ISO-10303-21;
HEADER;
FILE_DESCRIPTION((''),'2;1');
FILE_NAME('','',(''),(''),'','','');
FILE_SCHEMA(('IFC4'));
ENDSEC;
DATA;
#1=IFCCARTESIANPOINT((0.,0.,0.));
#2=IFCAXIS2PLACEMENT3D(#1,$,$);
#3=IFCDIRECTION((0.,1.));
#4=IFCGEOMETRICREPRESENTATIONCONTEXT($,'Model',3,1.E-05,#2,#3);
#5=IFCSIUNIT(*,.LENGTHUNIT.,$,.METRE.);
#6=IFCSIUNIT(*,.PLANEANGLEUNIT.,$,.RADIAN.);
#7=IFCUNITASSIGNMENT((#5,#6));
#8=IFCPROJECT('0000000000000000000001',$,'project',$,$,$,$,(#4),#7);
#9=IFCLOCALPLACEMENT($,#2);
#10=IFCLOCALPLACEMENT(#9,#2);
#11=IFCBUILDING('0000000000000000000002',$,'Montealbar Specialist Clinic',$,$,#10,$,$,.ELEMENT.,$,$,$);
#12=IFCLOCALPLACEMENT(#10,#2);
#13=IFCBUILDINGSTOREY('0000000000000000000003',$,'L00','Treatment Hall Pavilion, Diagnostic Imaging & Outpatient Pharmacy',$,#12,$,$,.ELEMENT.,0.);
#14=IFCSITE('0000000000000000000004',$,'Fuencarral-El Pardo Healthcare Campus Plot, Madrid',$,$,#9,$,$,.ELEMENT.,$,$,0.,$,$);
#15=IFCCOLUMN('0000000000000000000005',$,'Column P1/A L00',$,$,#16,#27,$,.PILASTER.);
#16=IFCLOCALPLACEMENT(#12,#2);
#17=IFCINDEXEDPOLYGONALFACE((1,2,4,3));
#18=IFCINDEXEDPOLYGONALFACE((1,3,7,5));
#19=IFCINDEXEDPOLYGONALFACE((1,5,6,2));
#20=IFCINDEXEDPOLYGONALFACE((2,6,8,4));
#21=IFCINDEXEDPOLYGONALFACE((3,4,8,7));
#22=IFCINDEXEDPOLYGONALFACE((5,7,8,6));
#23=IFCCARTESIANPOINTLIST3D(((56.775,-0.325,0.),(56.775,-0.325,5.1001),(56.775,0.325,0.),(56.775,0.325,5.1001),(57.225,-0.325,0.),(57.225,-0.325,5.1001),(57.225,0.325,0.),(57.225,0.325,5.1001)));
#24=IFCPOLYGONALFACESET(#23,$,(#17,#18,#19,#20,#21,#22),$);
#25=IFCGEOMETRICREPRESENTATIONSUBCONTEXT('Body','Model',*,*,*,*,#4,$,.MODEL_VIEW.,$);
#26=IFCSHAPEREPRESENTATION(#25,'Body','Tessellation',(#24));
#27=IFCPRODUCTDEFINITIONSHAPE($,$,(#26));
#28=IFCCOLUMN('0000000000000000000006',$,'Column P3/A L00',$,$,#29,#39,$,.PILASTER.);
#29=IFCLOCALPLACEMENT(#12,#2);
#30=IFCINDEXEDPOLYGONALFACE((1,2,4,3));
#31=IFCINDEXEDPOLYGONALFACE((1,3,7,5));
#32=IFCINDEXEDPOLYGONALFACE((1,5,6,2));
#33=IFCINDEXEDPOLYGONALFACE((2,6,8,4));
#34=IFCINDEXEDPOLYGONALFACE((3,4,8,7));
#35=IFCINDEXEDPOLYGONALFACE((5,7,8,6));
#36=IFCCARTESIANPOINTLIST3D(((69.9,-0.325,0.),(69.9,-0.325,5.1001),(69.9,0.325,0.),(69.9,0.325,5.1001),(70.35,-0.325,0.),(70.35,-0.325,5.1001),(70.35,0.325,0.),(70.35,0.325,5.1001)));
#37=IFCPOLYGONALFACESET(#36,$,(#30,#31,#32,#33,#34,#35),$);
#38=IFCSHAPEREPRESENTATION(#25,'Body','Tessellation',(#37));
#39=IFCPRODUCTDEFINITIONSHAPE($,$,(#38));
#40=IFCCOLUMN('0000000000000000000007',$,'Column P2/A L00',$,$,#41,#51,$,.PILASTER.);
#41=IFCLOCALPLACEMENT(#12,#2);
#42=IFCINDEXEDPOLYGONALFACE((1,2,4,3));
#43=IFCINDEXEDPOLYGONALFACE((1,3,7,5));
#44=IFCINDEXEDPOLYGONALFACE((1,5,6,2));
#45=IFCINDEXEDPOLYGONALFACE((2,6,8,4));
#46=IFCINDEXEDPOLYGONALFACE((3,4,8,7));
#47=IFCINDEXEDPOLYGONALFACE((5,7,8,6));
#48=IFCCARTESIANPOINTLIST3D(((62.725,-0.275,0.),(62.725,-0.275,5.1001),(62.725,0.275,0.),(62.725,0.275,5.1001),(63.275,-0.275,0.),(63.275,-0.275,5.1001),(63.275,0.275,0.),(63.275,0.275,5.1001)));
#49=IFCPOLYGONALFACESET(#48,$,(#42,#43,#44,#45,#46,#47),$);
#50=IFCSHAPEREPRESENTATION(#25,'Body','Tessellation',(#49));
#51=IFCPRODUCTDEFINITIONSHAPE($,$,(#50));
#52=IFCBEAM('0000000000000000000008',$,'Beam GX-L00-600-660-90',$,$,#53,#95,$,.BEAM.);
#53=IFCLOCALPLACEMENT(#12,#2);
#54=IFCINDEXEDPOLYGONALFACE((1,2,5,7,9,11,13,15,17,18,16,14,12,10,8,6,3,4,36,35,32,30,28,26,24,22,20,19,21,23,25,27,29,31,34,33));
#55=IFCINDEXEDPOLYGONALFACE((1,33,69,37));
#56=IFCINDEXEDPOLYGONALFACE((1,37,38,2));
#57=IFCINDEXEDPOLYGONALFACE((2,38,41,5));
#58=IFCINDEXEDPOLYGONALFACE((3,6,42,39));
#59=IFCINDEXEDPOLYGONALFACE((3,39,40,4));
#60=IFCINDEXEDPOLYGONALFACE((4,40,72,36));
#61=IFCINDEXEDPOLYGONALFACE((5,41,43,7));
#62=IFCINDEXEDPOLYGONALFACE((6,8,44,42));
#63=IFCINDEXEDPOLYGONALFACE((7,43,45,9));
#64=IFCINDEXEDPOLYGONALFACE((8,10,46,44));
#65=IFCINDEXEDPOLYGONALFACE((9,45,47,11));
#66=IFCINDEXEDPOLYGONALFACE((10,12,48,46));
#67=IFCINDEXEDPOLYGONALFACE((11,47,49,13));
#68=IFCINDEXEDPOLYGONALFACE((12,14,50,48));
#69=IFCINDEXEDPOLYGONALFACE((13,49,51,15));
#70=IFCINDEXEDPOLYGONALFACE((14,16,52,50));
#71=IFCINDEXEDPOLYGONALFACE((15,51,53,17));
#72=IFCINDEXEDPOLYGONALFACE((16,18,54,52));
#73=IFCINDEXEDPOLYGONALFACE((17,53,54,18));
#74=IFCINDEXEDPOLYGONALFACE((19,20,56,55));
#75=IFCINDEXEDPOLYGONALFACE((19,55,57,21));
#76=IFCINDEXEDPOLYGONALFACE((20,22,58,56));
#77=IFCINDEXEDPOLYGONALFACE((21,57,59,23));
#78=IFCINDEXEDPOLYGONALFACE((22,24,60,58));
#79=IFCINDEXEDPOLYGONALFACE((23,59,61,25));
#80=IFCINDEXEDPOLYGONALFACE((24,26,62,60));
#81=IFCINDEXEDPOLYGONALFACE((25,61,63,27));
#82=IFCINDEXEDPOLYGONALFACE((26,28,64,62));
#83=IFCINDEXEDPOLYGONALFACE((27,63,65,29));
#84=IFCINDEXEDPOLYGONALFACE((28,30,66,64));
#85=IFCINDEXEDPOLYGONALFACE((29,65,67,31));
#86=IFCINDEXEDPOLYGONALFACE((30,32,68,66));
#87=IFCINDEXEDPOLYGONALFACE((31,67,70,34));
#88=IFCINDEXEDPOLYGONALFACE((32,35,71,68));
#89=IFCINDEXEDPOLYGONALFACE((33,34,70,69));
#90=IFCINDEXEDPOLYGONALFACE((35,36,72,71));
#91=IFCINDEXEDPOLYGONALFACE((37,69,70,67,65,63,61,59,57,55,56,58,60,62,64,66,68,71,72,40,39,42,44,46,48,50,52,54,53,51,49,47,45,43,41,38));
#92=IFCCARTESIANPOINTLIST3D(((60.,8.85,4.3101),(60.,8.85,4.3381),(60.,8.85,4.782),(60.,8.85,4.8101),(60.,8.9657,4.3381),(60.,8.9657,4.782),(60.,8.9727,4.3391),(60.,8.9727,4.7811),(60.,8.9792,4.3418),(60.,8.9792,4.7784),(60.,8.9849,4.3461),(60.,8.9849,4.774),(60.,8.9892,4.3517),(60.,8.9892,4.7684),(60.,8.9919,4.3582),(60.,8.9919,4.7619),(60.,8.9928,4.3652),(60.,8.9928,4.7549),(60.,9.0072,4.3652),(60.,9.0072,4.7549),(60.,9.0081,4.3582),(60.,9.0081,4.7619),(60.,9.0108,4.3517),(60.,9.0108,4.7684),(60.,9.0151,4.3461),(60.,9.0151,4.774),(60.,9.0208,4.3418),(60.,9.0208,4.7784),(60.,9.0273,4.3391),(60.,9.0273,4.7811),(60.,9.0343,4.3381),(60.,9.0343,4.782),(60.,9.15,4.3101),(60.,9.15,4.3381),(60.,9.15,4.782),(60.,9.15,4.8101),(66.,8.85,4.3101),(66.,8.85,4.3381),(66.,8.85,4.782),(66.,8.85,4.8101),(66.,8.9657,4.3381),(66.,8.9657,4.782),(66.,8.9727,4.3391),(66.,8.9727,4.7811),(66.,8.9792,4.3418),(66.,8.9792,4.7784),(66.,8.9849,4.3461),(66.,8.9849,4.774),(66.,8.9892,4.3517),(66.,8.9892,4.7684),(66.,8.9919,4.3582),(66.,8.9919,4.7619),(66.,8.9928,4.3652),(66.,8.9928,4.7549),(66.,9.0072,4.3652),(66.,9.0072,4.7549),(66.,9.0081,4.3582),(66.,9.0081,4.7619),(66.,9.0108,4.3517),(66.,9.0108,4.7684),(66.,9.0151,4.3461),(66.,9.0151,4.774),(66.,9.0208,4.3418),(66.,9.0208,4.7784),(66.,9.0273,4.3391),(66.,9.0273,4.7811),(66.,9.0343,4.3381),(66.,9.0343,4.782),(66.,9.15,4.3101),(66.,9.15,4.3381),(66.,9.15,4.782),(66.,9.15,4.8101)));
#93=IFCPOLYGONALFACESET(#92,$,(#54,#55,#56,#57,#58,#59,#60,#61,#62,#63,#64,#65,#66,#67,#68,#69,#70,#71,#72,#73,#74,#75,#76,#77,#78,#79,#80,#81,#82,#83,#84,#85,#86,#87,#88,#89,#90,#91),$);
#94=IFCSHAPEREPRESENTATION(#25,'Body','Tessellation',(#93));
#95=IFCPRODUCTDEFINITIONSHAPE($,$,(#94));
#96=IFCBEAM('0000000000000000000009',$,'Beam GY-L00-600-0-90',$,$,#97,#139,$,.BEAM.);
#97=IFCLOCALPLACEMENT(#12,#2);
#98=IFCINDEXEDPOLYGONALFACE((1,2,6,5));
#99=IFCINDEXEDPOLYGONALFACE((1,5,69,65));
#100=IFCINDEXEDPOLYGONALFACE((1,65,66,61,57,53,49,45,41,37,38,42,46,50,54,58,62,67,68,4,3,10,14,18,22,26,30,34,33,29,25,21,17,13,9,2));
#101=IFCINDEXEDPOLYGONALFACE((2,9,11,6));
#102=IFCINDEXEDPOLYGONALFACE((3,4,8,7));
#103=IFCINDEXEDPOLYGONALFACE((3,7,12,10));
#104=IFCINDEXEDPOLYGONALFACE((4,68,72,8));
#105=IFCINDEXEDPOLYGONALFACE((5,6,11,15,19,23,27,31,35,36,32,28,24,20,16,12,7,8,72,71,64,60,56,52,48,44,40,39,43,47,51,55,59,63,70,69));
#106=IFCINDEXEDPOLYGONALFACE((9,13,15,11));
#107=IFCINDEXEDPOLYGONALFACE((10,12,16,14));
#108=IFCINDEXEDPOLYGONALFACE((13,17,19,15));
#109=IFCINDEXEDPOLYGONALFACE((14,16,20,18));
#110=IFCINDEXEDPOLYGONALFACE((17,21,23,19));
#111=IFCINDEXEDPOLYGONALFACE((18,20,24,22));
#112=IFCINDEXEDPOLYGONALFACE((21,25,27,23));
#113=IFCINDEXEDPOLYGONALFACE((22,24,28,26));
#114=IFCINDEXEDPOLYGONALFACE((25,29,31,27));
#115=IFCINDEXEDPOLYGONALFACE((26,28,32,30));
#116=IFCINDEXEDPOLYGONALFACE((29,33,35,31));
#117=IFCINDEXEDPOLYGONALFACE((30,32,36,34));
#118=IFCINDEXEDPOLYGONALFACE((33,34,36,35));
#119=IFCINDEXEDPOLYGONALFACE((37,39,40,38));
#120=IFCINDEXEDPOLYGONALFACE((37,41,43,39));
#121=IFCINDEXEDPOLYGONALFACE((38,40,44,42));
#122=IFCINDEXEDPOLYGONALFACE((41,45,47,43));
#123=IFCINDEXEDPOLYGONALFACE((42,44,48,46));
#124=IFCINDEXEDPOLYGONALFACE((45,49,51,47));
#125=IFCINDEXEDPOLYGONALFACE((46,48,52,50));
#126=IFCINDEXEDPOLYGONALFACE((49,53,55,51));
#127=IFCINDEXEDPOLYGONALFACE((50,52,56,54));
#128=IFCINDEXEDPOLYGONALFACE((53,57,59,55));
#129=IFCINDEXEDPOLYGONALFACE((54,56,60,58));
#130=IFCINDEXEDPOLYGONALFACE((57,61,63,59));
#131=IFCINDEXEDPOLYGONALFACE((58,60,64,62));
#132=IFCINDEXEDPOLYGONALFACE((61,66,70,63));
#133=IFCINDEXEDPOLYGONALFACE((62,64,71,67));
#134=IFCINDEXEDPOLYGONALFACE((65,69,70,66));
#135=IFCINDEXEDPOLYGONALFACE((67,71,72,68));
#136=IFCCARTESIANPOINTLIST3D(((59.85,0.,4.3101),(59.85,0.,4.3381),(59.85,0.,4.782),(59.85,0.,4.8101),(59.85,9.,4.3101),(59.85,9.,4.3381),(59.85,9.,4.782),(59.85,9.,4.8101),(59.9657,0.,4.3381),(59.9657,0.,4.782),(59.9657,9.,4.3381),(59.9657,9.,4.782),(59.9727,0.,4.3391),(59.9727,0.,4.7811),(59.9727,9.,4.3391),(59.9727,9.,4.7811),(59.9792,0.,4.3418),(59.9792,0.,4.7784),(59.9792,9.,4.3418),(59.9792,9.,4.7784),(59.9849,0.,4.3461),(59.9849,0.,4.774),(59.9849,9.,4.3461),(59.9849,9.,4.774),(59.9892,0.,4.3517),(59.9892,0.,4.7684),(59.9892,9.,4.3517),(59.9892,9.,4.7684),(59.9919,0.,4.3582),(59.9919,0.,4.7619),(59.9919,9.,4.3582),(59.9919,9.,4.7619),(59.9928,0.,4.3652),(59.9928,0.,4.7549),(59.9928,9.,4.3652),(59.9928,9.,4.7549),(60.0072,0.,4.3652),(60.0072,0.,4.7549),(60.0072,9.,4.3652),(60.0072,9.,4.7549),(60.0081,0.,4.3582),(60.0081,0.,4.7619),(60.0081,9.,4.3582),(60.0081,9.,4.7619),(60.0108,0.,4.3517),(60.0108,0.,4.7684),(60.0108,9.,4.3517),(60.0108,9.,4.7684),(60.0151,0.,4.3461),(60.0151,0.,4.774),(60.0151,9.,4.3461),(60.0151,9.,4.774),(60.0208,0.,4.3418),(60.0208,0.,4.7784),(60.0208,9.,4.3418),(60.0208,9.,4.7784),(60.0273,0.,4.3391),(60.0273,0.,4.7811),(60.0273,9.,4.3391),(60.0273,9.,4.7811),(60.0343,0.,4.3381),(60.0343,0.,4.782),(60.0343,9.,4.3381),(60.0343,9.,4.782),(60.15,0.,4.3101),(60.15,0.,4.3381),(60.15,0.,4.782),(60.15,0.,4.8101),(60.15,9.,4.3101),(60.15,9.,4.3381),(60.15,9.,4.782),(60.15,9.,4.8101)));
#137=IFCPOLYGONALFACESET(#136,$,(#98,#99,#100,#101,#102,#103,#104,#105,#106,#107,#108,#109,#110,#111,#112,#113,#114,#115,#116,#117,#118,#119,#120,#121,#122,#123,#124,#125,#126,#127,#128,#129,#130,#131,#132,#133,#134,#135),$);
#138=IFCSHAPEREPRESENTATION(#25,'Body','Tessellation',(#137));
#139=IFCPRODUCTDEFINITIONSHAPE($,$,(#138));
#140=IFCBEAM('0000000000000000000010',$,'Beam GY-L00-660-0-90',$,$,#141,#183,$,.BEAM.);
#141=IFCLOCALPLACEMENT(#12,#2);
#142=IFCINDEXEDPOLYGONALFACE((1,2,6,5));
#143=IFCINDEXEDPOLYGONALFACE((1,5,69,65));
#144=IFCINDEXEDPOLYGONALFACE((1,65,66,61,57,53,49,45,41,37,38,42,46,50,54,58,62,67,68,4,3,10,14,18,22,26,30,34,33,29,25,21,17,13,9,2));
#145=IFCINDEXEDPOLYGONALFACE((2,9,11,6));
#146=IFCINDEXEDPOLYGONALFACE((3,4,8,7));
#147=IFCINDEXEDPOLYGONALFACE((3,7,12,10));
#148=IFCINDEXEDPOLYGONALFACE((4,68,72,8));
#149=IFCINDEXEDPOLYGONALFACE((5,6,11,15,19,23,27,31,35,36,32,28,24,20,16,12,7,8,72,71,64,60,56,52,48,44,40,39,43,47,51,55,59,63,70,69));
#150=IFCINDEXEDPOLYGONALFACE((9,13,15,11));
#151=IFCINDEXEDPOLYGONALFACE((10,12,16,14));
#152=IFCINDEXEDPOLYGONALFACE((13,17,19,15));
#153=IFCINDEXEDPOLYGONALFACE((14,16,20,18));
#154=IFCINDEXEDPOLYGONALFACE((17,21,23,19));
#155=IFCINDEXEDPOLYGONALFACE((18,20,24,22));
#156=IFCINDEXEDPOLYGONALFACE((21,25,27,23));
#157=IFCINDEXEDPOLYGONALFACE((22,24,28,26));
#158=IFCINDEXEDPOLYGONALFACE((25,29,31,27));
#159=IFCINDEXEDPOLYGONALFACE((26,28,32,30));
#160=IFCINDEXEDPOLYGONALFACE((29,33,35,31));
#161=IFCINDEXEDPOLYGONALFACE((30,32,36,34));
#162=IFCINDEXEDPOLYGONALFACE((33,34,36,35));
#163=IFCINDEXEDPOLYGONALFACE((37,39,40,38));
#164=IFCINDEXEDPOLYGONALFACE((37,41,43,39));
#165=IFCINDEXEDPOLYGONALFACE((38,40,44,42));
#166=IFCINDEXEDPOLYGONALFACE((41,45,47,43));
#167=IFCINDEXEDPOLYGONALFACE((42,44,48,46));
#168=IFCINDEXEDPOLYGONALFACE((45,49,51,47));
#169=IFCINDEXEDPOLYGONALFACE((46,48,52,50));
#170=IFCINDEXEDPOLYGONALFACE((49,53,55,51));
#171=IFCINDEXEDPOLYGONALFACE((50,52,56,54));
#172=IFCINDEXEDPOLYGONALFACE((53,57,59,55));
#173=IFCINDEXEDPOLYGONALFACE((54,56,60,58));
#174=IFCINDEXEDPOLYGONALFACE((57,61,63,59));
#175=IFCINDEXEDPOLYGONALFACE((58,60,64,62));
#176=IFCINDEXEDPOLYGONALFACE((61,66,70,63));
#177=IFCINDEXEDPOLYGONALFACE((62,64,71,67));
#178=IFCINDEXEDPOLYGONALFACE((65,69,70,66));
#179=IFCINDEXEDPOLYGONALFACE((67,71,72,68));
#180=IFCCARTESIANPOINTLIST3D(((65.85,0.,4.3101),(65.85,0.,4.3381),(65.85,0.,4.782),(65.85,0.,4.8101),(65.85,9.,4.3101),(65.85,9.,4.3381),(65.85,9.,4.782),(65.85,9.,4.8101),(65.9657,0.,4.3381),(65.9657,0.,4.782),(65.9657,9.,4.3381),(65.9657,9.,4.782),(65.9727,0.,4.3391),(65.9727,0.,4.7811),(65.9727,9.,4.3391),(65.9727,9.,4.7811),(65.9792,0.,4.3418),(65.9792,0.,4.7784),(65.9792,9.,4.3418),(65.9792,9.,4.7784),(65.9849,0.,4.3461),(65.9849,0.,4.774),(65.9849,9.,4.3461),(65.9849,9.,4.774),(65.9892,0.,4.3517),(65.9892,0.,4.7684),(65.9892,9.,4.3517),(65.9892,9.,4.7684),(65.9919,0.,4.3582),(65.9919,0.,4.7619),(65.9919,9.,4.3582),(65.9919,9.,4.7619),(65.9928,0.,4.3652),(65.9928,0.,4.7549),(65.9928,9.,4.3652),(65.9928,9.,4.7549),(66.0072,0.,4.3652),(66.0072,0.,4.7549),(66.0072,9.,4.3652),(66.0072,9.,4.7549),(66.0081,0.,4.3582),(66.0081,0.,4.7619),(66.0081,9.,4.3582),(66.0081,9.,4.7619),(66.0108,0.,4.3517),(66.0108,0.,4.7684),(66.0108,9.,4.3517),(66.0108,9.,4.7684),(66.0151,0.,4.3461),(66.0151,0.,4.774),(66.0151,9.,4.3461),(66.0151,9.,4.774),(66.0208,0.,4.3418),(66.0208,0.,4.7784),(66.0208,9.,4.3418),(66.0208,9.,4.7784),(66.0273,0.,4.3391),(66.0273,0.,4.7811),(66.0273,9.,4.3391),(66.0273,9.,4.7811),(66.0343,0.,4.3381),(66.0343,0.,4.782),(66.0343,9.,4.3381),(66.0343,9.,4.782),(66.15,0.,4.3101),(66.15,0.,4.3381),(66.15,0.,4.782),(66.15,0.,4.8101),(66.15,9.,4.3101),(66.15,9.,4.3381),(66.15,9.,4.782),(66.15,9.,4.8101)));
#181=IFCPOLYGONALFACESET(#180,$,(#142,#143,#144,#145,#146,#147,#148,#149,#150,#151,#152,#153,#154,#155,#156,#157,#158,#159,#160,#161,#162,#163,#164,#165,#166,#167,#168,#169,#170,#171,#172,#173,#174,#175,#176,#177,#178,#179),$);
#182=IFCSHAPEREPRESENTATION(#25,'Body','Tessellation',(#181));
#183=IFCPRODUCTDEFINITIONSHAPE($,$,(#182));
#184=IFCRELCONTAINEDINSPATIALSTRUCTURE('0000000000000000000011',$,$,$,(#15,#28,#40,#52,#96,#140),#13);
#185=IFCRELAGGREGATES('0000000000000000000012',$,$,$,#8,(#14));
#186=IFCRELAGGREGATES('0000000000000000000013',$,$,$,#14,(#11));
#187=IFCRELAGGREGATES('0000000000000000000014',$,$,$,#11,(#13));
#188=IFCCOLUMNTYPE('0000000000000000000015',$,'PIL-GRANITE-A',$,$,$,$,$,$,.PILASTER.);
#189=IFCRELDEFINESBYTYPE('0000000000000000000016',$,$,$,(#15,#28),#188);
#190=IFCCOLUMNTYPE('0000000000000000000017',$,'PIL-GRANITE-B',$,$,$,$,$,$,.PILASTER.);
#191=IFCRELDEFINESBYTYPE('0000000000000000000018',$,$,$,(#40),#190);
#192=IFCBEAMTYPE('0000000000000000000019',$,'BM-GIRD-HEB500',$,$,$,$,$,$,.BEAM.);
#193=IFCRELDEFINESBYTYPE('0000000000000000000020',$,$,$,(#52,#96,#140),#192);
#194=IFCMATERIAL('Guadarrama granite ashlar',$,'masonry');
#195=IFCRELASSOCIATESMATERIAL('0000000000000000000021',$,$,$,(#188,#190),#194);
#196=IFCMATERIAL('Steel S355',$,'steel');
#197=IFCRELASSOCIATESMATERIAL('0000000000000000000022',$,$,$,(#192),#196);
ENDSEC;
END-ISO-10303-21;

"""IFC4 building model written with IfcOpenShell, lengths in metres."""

from ifc_helpers import new_model, si_unit, direction, frame, origin, origin_2d, place, context, subcontext, project, spatial, rectangle, i_section, extrude, material, material_profile, profile_set, type_object, element, save


model = new_model("IFC4")

# Units and contexts
model_context = context("Model", 3, precision=1e-05, world=origin(), true_north=direction((0.0, 1.0)))
body_context = subcontext(model_context, "Body", "Model", "MODEL_VIEW")
ifc_project = project(units=[si_unit("LENGTHUNIT", "METRE"), si_unit("PLANEANGLEUNIT", "RADIAN")], contexts=[model_context])

# Site, building, storey
site_placement = place(None, origin())
site = spatial("IfcSite", under=ifc_project, at=site_placement, Name="Fuencarral-El Pardo Healthcare Campus Plot, Madrid", CompositionType="ELEMENT", RefElevation=0.0)
building_placement = place(site_placement, origin())
building = spatial("IfcBuilding", under=site, at=building_placement, Name="Montealbar Specialist Clinic", CompositionType="ELEMENT")
storey_placement = place(building_placement, origin())
storey = spatial("IfcBuildingStorey", under=building, at=storey_placement, Name="L00", Description="Treatment Hall Pavilion, Diagnostic Imaging & Outpatient Pharmacy", CompositionType="ELEMENT", Elevation=0.0)

# Columns
ifc_material_1 = material(Name="Steel S355", Category="steel")
ifc_material_2 = material(Name="Guadarrama granite ashlar", Category="masonry")
ifc_material_profile_1 = material_profile(ifc_material_2, rectangle(XDim=0.45, YDim=0.6499, at=origin_2d()), Name="GRANITE PILASTER 450x650", Category="masonry")
ifc_profile_set_1 = profile_set([ifc_material_profile_1], Name="Guadarrama granite ashlar")
column_type_1 = type_object("IfcColumnType", Name="PIL-GRANITE-A", PredefinedType="PILASTER", material=ifc_profile_set_1)
for number, where, z_axis, x_axis, name in (
    (1, (57.0, 0.0, 0.0), (0.0, 0.0, 1.0), (1.0, 0.0, 0.0), "Column P1/A L00"),
    (2, (70.125, 0.0, 0.0), (0.0, 0.0, 1.0), (1.0, 0.0, 0.0), "Column P3/A L00"),
):
    element("IfcColumn", number, at=place(storey_placement, frame(where, z_axis=z_axis, x_axis=x_axis)), inside=storey, type_object=column_type_1, Name=name, PredefinedType="PILASTER", context=body_context, shape_type="SweptSolid", body=[
        extrude(rectangle(XDim=0.45, YDim=0.6499, at=origin_2d()), origin(), (0.0, 0.0, 1.0), 5.1001),
    ])
ifc_material_profile_2 = material_profile(ifc_material_2, rectangle(XDim=0.55, YDim=0.55, at=origin_2d()), Name="GRANITE PILASTER 550x550", Category="masonry")
ifc_profile_set_2 = profile_set([ifc_material_profile_2], Name="Guadarrama granite ashlar")
column_type_2 = type_object("IfcColumnType", Name="PIL-GRANITE-B", PredefinedType="PILASTER", material=ifc_profile_set_2)
column_1_placement = place(storey_placement, frame((63.0, 0.0, 0.0), z_axis=(0.0, 0.0, 1.0), x_axis=(1.0, 0.0, 0.0)))
element("IfcColumn", 3, at=column_1_placement, inside=storey, type_object=column_type_2, Name="Column P2/A L00", PredefinedType="PILASTER", context=body_context, shape_type="SweptSolid", body=[
    extrude(rectangle(XDim=0.55, YDim=0.55, at=origin_2d()), origin(), (0.0, 0.0, 1.0), 5.1001),
])

# Beams
ifc_material_profile_3 = material_profile(ifc_material_1, i_section(OverallWidth=0.3, OverallDepth=0.5, WebThickness=0.0144, FlangeThickness=0.0281, FilletRadius=0.0271, at=origin_2d()), Name="HEB 500", Category="steel")
ifc_profile_set_3 = profile_set([ifc_material_profile_3], Name="Steel S355")
beam_type_1 = type_object("IfcBeamType", Name="BM-GIRD-HEB500", PredefinedType="BEAM", material=ifc_profile_set_3)
beam_1_placement = place(storey_placement, frame((60.0, 9.0, 4.5601), z_axis=(1.0, 0.0, 0.0), x_axis=(0.0, 1.0, 0.0)))
element("IfcBeam", 4, at=beam_1_placement, inside=storey, type_object=beam_type_1, Name="Beam GX-L00-600-660-90", PredefinedType="BEAM", context=body_context, shape_type="SweptSolid", body=[
    extrude(i_section(OverallWidth=0.3, OverallDepth=0.5, WebThickness=0.0144, FlangeThickness=0.0281, FilletRadius=0.0271, at=origin_2d()), origin(), (0.0, 0.0, 1.0), 6.0),
])
for number, where, z_axis, x_axis, name in (
    (5, (60.0, 0.0, 4.5601), (0.0, 1.0, 0.0), (-1.0, 0.0, 0.0), "Beam GY-L00-600-0-90"),
    (6, (66.0, 0.0, 4.5601), (0.0, 1.0, 0.0), (-1.0, 0.0, 0.0), "Beam GY-L00-660-0-90"),
):
    element("IfcBeam", number, at=place(storey_placement, frame(where, z_axis=z_axis, x_axis=x_axis)), inside=storey, type_object=beam_type_1, Name=name, PredefinedType="BEAM", context=body_context, shape_type="SweptSolid", body=[
        extrude(i_section(OverallWidth=0.3, OverallDepth=0.5, WebThickness=0.0144, FlangeThickness=0.0281, FilletRadius=0.0271, at=origin_2d()), origin(), (0.0, 0.0, 1.0), 9.0),
    ])

save(model, "model.ifc")
